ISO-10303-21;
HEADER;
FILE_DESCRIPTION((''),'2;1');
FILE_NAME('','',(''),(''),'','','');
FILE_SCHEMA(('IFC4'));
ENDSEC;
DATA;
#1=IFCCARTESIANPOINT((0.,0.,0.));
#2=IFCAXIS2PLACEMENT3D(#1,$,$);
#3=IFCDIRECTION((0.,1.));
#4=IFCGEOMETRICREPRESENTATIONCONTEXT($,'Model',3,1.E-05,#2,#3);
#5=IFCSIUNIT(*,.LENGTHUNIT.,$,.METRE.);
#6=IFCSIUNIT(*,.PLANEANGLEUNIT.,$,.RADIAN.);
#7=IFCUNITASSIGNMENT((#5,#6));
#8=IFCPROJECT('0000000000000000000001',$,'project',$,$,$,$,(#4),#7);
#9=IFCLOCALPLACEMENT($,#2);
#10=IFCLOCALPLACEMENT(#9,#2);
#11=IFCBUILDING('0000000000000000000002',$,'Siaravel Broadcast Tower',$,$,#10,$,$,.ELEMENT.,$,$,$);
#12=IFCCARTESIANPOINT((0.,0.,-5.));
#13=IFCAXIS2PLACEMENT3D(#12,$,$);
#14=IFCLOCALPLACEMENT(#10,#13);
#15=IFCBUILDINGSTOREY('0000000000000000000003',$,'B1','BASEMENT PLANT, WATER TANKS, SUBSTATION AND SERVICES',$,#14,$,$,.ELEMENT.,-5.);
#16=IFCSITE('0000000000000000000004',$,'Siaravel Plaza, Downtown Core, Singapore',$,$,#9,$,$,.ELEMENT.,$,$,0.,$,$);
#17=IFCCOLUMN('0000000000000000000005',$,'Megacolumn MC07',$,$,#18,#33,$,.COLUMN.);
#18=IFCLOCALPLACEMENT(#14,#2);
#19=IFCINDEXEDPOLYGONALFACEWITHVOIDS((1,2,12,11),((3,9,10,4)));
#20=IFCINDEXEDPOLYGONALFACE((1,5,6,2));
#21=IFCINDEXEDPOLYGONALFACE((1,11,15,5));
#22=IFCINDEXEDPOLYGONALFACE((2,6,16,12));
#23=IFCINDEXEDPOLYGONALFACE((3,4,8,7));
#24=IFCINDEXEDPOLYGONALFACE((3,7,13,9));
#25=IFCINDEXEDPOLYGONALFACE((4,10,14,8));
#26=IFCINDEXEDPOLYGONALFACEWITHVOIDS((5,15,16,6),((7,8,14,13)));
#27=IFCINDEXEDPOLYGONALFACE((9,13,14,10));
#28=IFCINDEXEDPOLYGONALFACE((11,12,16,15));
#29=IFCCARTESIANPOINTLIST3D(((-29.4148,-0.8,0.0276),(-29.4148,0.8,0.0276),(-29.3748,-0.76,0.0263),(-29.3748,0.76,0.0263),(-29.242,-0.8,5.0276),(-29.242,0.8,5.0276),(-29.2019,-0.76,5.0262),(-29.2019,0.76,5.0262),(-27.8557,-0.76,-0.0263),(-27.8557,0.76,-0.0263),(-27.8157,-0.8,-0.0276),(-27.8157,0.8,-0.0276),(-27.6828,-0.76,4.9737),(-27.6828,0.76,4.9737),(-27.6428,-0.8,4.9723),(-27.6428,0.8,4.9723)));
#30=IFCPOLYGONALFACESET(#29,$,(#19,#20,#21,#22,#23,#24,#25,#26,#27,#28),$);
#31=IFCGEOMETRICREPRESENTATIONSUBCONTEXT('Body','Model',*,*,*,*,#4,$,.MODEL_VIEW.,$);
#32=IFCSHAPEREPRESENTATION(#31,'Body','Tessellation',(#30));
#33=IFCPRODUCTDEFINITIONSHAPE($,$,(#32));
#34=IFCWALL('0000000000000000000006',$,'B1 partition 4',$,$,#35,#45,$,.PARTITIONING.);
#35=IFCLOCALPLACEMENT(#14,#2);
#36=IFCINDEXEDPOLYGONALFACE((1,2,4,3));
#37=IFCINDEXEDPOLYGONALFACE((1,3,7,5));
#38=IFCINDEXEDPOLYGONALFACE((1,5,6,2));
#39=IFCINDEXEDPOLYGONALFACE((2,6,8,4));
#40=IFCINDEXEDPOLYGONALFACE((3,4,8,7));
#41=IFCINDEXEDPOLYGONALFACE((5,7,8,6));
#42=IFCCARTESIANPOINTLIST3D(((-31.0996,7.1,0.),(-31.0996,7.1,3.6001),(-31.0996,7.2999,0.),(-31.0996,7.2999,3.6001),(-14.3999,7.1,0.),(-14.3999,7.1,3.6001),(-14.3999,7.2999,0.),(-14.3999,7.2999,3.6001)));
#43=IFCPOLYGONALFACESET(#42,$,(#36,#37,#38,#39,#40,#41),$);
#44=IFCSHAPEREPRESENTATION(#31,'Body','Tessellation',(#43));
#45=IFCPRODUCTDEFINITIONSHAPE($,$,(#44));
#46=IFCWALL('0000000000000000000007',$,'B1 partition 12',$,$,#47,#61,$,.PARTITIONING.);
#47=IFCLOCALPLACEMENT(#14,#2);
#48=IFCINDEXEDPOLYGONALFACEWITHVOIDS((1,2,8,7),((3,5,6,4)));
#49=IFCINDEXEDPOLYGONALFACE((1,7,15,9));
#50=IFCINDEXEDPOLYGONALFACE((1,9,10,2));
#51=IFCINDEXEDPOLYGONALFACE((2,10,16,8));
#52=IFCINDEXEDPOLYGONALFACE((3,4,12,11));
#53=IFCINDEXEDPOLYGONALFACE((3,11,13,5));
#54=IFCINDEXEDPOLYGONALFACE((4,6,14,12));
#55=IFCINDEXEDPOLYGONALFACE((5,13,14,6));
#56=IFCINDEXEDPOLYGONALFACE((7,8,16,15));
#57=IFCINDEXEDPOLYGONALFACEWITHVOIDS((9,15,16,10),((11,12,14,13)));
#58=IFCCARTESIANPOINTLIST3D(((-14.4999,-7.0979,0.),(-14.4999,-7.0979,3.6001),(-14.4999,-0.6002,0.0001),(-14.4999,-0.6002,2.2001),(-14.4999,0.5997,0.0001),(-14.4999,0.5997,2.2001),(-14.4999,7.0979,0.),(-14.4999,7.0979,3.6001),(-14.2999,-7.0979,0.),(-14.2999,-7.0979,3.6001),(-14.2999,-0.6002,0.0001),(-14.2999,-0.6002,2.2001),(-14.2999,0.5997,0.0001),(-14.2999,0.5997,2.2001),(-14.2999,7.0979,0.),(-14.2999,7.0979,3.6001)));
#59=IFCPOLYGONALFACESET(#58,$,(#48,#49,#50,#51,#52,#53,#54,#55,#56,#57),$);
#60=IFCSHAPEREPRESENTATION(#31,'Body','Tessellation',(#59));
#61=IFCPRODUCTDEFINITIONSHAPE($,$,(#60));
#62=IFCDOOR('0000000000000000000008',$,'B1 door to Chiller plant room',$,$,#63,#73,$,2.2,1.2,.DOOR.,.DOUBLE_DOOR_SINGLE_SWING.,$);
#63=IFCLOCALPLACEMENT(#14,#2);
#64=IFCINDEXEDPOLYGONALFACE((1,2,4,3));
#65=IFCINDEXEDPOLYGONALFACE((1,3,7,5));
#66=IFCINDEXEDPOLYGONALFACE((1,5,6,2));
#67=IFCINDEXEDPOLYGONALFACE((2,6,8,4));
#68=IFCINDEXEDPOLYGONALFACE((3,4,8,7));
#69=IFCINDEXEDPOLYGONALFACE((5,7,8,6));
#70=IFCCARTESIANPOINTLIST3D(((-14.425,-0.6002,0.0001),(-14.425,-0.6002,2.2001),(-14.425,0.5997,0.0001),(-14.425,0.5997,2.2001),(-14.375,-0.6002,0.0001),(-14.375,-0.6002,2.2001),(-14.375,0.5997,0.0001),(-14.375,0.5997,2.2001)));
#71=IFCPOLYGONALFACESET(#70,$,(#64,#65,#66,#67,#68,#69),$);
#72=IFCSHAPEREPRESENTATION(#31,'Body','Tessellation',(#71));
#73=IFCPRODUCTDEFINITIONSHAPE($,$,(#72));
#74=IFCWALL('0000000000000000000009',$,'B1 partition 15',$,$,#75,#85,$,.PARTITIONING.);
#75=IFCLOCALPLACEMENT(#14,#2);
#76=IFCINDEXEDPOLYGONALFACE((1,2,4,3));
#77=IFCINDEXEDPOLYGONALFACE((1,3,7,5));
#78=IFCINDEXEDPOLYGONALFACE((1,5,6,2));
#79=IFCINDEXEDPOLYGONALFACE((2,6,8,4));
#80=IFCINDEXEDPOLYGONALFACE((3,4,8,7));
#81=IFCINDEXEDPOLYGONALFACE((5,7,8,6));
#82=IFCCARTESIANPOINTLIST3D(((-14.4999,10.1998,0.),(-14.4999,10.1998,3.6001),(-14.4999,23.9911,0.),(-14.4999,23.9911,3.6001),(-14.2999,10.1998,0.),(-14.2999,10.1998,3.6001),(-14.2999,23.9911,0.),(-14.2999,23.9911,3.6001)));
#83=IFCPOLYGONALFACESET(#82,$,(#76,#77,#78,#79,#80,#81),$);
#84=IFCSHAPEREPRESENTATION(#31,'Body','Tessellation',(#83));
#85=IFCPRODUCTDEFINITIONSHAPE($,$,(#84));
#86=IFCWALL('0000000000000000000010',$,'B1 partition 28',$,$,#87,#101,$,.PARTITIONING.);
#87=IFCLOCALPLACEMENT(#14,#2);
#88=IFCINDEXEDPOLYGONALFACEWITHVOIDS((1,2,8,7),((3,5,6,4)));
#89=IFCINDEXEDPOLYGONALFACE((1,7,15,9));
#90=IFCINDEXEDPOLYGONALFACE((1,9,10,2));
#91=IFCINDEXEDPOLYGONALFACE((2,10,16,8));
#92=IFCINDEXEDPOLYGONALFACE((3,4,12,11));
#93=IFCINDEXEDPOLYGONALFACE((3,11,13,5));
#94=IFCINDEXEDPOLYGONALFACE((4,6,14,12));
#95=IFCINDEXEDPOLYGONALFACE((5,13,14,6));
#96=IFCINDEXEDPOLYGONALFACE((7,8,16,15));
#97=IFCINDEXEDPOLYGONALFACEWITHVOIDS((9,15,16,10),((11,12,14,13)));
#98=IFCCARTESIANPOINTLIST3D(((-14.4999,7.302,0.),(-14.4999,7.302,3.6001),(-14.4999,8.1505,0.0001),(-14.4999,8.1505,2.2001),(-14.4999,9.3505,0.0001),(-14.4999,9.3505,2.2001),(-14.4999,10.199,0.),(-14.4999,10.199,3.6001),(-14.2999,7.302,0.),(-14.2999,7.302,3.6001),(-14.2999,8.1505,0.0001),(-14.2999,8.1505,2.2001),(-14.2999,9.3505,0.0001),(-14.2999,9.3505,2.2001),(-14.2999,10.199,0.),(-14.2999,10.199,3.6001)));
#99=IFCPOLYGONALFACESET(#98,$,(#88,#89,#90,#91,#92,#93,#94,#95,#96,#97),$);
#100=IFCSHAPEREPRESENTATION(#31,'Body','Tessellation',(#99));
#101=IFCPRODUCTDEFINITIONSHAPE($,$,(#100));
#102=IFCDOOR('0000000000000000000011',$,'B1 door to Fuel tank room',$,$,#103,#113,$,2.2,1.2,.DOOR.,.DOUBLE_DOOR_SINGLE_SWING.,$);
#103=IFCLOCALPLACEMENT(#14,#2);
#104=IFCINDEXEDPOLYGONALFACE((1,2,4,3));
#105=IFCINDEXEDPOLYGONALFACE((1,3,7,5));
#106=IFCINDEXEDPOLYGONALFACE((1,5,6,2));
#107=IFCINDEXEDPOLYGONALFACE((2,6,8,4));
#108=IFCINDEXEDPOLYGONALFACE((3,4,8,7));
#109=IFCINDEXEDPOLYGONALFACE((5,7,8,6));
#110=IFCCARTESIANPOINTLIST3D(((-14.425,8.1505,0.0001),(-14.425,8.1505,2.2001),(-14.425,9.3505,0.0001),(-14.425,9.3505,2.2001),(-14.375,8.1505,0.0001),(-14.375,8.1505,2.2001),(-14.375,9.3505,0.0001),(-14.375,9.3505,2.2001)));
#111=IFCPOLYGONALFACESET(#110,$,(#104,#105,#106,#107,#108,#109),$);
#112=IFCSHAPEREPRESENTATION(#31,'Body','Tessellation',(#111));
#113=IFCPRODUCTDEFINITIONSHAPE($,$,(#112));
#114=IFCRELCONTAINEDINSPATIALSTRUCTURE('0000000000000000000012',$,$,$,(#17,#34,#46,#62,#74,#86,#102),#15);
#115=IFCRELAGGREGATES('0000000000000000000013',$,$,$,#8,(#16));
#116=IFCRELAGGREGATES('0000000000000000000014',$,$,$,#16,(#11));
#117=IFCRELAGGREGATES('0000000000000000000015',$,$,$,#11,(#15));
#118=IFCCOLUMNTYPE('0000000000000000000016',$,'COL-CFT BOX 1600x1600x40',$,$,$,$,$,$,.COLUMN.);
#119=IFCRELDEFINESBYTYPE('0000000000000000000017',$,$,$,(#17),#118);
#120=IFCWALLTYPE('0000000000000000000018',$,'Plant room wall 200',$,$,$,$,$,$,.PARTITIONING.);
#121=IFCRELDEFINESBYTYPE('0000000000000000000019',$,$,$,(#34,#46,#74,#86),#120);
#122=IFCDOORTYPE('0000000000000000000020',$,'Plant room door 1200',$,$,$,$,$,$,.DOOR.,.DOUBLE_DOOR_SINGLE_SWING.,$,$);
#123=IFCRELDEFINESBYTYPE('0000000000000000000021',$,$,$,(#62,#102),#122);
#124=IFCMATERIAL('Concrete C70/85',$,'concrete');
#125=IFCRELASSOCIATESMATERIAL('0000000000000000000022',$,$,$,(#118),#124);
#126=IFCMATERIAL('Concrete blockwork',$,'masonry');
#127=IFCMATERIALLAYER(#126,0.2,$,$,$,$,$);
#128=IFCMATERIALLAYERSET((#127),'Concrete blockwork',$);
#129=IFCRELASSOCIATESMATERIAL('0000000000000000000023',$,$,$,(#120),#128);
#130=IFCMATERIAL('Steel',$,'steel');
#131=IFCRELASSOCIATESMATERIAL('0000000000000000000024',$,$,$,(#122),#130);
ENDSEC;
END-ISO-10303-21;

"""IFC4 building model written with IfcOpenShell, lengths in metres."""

from ifc_helpers import new_model, si_unit, direction, frame, frame_2d, origin, origin_2d, place, context, subcontext, project, spatial, rectangle, hollow_rectangle, extrude, material, layer, layer_set, material_profile, profile_set, type_object, element, fill, save


model = new_model("IFC4")

# Units and contexts
model_context = context("Model", 3, precision=1e-05, world=origin(), true_north=direction((0.0, 1.0)))
body_context = subcontext(model_context, "Body", "Model", "MODEL_VIEW")
ifc_project = project(units=[si_unit("LENGTHUNIT", "METRE"), si_unit("PLANEANGLEUNIT", "RADIAN")], contexts=[model_context])

# Site, building, storey
site_placement = place(None, origin())
site = spatial("IfcSite", under=ifc_project, at=site_placement, Name="Siaravel Plaza, Downtown Core, Singapore", CompositionType="ELEMENT", RefElevation=0.0)
building_placement = place(site_placement, origin())
building = spatial("IfcBuilding", under=site, at=building_placement, Name="Siaravel Broadcast Tower", CompositionType="ELEMENT")
storey_placement = place(building_placement, frame((0.0, 0.0, -5.0)))
storey = spatial("IfcBuildingStorey", under=building, at=storey_placement, Name="B1", Description="BASEMENT PLANT, WATER TANKS, SUBSTATION AND SERVICES", CompositionType="ELEMENT", Elevation=-5.0)

# Column
ifc_material_1 = material(Name="Concrete C70/85", Category="concrete")
ifc_material_profile_1 = material_profile(ifc_material_1, hollow_rectangle(XDim=1.6001, YDim=1.6001, WallThickness=0.04, at=origin_2d()))
ifc_profile_set_1 = profile_set([ifc_material_profile_1], Name="Concrete C70/85")
column_type_1 = type_object("IfcColumnType", Name="COL-CFT BOX 1600x1600x40", PredefinedType="COLUMN", material=ifc_profile_set_1)
column_placement = place(storey_placement, frame((-28.6152, 0.0, 0.0), z_axis=(0.03455, 0.0, 0.999403), x_axis=(0.0, 1.0, 0.0)))
element("IfcColumn", 1, at=column_placement, inside=storey, type_object=column_type_1, Name="Megacolumn MC07", PredefinedType="COLUMN", context=body_context, shape_type="SweptSolid", body=[
    extrude(hollow_rectangle(XDim=1.6001, YDim=1.6001, WallThickness=0.04, at=origin_2d()), origin(), (0.0, 0.0, 1.0), 5.0029),
])

# Wall
ifc_material_2 = material(Name="Concrete blockwork", Category="masonry")
ifc_layer = layer(ifc_material_2, 0.2)
ifc_layer_set = layer_set([ifc_layer], Name="Concrete blockwork")
wall_type = type_object("IfcWallType", Name="Plant room wall 200", PredefinedType="PARTITIONING", material=ifc_layer_set)
wall_1_placement = place(storey_placement, frame((-14.3999, 7.2, 0.0), z_axis=(0.0, 0.0, 1.0), x_axis=(-1.0, 0.0, 0.0)))
element("IfcWall", 2, at=wall_1_placement, inside=storey, type_object=wall_type, Name="B1 partition 4", PredefinedType="PARTITIONING", context=body_context, shape_type="SweptSolid", body=[
    extrude(rectangle(XDim=16.6997, YDim=0.2, at=frame_2d((8.3499, 0.0))), origin(), (0.0, 0.0, 1.0), 3.6001),
])

# Wall, opening, door
wall_2_placement = place(storey_placement, frame((-14.3999, 7.0979, 0.0), z_axis=(0.0, 0.0, 1.0), x_axis=(0.0, -1.0, 0.0)))
wall_2 = element("IfcWall", 3, at=wall_2_placement, inside=storey, type_object=wall_type, Name="B1 partition 12", PredefinedType="PARTITIONING", context=body_context, shape_type="SweptSolid", body=[
    extrude(rectangle(XDim=14.1958, YDim=0.2, at=frame_2d((7.0979, 0.0))), origin(), (0.0, 0.0, 1.0), 3.6001),
])
opening_1_placement = place(wall_2_placement, frame((6.498, 0.0, 0.0)))
opening_1 = element("IfcOpeningElement", 4, at=opening_1_placement, cuts=wall_2, PredefinedType="OPENING", context=body_context, shape_type="SweptSolid", body=[
    extrude(rectangle(XDim=1.2, YDim=2.2, at=frame_2d((0.6001, 1.1001))), frame((0.0, 0.1099, 0.0), z_axis=(0.0, -1.0, 0.0), x_axis=(1.0, 0.0, 0.0)), (0.0, 0.0, 1.0), 0.22),
])
ifc_material_3 = material(Name="Steel", Category="steel")
door_type = type_object("IfcDoorType", Name="Plant room door 1200", OperationType="DOUBLE_DOOR_SINGLE_SWING", PredefinedType="DOOR", material=ifc_material_3)
door_1_placement = place(opening_1_placement, origin())
door_1 = element("IfcDoor", 5, at=door_1_placement, inside=storey, type_object=door_type, Name="B1 door to Chiller plant room", OperationType="DOUBLE_DOOR_SINGLE_SWING", OverallHeight=2.2, OverallWidth=1.2, PredefinedType="DOOR", context=body_context, shape_type="SweptSolid", body=[
    extrude(rectangle(XDim=1.2, YDim=2.2, at=frame_2d((0.6001, 1.1001))), frame((0.0, 0.0249, 0.0), z_axis=(0.0, -1.0, 0.0), x_axis=(1.0, 0.0, 0.0)), (0.0, 0.0, 1.0), 0.05),
])
fill(opening_1, door_1)

# Wall
wall_3_placement = place(storey_placement, frame((-14.3999, 10.2, 0.0), z_axis=(0.0, 0.0, 1.0), x_axis=(0.0, 1.0, 0.0)))
element("IfcWall", 6, at=wall_3_placement, inside=storey, type_object=wall_type, Name="B1 partition 15", PredefinedType="PARTITIONING", context=body_context, shape_type="SweptSolid", body=[
    extrude(rectangle(XDim=13.7913, YDim=0.2, at=frame_2d((6.8955, 0.0))), origin(), (0.0, 0.0, 1.0), 3.6001),
])

# Wall, opening, door
wall_4_placement = place(storey_placement, frame((-14.3999, 10.199, 0.0), z_axis=(0.0, 0.0, 1.0), x_axis=(0.0, -1.0, 0.0)))
wall_4 = element("IfcWall", 7, at=wall_4_placement, inside=storey, type_object=wall_type, Name="B1 partition 28", PredefinedType="PARTITIONING", context=body_context, shape_type="SweptSolid", body=[
    extrude(rectangle(XDim=2.897, YDim=0.2, at=frame_2d((1.4485, 0.0))), origin(), (0.0, 0.0, 1.0), 3.6001),
])
opening_2_placement = place(wall_4_placement, frame((0.8484, 0.0, 0.0)))
opening_2 = element("IfcOpeningElement", 8, at=opening_2_placement, cuts=wall_4, PredefinedType="OPENING", context=body_context, shape_type="SweptSolid", body=[
    extrude(rectangle(XDim=1.2, YDim=2.2, at=frame_2d((0.6001, 1.1001))), frame((0.0, 0.1099, 0.0), z_axis=(0.0, -1.0, 0.0), x_axis=(1.0, 0.0, 0.0)), (0.0, 0.0, 1.0), 0.22),
])
door_2_placement = place(opening_2_placement, origin())
door_2 = element("IfcDoor", 9, at=door_2_placement, inside=storey, type_object=door_type, Name="B1 door to Fuel tank room", OperationType="DOUBLE_DOOR_SINGLE_SWING", OverallHeight=2.2, OverallWidth=1.2, PredefinedType="DOOR", context=body_context, shape_type="SweptSolid", body=[
    extrude(rectangle(XDim=1.2, YDim=2.2, at=frame_2d((0.6001, 1.1001))), frame((0.0, 0.0249, 0.0), z_axis=(0.0, -1.0, 0.0), x_axis=(1.0, 0.0, 0.0)), (0.0, 0.0, 1.0), 0.05),
])
fill(opening_2, door_2)

save(model, "model.ifc")
